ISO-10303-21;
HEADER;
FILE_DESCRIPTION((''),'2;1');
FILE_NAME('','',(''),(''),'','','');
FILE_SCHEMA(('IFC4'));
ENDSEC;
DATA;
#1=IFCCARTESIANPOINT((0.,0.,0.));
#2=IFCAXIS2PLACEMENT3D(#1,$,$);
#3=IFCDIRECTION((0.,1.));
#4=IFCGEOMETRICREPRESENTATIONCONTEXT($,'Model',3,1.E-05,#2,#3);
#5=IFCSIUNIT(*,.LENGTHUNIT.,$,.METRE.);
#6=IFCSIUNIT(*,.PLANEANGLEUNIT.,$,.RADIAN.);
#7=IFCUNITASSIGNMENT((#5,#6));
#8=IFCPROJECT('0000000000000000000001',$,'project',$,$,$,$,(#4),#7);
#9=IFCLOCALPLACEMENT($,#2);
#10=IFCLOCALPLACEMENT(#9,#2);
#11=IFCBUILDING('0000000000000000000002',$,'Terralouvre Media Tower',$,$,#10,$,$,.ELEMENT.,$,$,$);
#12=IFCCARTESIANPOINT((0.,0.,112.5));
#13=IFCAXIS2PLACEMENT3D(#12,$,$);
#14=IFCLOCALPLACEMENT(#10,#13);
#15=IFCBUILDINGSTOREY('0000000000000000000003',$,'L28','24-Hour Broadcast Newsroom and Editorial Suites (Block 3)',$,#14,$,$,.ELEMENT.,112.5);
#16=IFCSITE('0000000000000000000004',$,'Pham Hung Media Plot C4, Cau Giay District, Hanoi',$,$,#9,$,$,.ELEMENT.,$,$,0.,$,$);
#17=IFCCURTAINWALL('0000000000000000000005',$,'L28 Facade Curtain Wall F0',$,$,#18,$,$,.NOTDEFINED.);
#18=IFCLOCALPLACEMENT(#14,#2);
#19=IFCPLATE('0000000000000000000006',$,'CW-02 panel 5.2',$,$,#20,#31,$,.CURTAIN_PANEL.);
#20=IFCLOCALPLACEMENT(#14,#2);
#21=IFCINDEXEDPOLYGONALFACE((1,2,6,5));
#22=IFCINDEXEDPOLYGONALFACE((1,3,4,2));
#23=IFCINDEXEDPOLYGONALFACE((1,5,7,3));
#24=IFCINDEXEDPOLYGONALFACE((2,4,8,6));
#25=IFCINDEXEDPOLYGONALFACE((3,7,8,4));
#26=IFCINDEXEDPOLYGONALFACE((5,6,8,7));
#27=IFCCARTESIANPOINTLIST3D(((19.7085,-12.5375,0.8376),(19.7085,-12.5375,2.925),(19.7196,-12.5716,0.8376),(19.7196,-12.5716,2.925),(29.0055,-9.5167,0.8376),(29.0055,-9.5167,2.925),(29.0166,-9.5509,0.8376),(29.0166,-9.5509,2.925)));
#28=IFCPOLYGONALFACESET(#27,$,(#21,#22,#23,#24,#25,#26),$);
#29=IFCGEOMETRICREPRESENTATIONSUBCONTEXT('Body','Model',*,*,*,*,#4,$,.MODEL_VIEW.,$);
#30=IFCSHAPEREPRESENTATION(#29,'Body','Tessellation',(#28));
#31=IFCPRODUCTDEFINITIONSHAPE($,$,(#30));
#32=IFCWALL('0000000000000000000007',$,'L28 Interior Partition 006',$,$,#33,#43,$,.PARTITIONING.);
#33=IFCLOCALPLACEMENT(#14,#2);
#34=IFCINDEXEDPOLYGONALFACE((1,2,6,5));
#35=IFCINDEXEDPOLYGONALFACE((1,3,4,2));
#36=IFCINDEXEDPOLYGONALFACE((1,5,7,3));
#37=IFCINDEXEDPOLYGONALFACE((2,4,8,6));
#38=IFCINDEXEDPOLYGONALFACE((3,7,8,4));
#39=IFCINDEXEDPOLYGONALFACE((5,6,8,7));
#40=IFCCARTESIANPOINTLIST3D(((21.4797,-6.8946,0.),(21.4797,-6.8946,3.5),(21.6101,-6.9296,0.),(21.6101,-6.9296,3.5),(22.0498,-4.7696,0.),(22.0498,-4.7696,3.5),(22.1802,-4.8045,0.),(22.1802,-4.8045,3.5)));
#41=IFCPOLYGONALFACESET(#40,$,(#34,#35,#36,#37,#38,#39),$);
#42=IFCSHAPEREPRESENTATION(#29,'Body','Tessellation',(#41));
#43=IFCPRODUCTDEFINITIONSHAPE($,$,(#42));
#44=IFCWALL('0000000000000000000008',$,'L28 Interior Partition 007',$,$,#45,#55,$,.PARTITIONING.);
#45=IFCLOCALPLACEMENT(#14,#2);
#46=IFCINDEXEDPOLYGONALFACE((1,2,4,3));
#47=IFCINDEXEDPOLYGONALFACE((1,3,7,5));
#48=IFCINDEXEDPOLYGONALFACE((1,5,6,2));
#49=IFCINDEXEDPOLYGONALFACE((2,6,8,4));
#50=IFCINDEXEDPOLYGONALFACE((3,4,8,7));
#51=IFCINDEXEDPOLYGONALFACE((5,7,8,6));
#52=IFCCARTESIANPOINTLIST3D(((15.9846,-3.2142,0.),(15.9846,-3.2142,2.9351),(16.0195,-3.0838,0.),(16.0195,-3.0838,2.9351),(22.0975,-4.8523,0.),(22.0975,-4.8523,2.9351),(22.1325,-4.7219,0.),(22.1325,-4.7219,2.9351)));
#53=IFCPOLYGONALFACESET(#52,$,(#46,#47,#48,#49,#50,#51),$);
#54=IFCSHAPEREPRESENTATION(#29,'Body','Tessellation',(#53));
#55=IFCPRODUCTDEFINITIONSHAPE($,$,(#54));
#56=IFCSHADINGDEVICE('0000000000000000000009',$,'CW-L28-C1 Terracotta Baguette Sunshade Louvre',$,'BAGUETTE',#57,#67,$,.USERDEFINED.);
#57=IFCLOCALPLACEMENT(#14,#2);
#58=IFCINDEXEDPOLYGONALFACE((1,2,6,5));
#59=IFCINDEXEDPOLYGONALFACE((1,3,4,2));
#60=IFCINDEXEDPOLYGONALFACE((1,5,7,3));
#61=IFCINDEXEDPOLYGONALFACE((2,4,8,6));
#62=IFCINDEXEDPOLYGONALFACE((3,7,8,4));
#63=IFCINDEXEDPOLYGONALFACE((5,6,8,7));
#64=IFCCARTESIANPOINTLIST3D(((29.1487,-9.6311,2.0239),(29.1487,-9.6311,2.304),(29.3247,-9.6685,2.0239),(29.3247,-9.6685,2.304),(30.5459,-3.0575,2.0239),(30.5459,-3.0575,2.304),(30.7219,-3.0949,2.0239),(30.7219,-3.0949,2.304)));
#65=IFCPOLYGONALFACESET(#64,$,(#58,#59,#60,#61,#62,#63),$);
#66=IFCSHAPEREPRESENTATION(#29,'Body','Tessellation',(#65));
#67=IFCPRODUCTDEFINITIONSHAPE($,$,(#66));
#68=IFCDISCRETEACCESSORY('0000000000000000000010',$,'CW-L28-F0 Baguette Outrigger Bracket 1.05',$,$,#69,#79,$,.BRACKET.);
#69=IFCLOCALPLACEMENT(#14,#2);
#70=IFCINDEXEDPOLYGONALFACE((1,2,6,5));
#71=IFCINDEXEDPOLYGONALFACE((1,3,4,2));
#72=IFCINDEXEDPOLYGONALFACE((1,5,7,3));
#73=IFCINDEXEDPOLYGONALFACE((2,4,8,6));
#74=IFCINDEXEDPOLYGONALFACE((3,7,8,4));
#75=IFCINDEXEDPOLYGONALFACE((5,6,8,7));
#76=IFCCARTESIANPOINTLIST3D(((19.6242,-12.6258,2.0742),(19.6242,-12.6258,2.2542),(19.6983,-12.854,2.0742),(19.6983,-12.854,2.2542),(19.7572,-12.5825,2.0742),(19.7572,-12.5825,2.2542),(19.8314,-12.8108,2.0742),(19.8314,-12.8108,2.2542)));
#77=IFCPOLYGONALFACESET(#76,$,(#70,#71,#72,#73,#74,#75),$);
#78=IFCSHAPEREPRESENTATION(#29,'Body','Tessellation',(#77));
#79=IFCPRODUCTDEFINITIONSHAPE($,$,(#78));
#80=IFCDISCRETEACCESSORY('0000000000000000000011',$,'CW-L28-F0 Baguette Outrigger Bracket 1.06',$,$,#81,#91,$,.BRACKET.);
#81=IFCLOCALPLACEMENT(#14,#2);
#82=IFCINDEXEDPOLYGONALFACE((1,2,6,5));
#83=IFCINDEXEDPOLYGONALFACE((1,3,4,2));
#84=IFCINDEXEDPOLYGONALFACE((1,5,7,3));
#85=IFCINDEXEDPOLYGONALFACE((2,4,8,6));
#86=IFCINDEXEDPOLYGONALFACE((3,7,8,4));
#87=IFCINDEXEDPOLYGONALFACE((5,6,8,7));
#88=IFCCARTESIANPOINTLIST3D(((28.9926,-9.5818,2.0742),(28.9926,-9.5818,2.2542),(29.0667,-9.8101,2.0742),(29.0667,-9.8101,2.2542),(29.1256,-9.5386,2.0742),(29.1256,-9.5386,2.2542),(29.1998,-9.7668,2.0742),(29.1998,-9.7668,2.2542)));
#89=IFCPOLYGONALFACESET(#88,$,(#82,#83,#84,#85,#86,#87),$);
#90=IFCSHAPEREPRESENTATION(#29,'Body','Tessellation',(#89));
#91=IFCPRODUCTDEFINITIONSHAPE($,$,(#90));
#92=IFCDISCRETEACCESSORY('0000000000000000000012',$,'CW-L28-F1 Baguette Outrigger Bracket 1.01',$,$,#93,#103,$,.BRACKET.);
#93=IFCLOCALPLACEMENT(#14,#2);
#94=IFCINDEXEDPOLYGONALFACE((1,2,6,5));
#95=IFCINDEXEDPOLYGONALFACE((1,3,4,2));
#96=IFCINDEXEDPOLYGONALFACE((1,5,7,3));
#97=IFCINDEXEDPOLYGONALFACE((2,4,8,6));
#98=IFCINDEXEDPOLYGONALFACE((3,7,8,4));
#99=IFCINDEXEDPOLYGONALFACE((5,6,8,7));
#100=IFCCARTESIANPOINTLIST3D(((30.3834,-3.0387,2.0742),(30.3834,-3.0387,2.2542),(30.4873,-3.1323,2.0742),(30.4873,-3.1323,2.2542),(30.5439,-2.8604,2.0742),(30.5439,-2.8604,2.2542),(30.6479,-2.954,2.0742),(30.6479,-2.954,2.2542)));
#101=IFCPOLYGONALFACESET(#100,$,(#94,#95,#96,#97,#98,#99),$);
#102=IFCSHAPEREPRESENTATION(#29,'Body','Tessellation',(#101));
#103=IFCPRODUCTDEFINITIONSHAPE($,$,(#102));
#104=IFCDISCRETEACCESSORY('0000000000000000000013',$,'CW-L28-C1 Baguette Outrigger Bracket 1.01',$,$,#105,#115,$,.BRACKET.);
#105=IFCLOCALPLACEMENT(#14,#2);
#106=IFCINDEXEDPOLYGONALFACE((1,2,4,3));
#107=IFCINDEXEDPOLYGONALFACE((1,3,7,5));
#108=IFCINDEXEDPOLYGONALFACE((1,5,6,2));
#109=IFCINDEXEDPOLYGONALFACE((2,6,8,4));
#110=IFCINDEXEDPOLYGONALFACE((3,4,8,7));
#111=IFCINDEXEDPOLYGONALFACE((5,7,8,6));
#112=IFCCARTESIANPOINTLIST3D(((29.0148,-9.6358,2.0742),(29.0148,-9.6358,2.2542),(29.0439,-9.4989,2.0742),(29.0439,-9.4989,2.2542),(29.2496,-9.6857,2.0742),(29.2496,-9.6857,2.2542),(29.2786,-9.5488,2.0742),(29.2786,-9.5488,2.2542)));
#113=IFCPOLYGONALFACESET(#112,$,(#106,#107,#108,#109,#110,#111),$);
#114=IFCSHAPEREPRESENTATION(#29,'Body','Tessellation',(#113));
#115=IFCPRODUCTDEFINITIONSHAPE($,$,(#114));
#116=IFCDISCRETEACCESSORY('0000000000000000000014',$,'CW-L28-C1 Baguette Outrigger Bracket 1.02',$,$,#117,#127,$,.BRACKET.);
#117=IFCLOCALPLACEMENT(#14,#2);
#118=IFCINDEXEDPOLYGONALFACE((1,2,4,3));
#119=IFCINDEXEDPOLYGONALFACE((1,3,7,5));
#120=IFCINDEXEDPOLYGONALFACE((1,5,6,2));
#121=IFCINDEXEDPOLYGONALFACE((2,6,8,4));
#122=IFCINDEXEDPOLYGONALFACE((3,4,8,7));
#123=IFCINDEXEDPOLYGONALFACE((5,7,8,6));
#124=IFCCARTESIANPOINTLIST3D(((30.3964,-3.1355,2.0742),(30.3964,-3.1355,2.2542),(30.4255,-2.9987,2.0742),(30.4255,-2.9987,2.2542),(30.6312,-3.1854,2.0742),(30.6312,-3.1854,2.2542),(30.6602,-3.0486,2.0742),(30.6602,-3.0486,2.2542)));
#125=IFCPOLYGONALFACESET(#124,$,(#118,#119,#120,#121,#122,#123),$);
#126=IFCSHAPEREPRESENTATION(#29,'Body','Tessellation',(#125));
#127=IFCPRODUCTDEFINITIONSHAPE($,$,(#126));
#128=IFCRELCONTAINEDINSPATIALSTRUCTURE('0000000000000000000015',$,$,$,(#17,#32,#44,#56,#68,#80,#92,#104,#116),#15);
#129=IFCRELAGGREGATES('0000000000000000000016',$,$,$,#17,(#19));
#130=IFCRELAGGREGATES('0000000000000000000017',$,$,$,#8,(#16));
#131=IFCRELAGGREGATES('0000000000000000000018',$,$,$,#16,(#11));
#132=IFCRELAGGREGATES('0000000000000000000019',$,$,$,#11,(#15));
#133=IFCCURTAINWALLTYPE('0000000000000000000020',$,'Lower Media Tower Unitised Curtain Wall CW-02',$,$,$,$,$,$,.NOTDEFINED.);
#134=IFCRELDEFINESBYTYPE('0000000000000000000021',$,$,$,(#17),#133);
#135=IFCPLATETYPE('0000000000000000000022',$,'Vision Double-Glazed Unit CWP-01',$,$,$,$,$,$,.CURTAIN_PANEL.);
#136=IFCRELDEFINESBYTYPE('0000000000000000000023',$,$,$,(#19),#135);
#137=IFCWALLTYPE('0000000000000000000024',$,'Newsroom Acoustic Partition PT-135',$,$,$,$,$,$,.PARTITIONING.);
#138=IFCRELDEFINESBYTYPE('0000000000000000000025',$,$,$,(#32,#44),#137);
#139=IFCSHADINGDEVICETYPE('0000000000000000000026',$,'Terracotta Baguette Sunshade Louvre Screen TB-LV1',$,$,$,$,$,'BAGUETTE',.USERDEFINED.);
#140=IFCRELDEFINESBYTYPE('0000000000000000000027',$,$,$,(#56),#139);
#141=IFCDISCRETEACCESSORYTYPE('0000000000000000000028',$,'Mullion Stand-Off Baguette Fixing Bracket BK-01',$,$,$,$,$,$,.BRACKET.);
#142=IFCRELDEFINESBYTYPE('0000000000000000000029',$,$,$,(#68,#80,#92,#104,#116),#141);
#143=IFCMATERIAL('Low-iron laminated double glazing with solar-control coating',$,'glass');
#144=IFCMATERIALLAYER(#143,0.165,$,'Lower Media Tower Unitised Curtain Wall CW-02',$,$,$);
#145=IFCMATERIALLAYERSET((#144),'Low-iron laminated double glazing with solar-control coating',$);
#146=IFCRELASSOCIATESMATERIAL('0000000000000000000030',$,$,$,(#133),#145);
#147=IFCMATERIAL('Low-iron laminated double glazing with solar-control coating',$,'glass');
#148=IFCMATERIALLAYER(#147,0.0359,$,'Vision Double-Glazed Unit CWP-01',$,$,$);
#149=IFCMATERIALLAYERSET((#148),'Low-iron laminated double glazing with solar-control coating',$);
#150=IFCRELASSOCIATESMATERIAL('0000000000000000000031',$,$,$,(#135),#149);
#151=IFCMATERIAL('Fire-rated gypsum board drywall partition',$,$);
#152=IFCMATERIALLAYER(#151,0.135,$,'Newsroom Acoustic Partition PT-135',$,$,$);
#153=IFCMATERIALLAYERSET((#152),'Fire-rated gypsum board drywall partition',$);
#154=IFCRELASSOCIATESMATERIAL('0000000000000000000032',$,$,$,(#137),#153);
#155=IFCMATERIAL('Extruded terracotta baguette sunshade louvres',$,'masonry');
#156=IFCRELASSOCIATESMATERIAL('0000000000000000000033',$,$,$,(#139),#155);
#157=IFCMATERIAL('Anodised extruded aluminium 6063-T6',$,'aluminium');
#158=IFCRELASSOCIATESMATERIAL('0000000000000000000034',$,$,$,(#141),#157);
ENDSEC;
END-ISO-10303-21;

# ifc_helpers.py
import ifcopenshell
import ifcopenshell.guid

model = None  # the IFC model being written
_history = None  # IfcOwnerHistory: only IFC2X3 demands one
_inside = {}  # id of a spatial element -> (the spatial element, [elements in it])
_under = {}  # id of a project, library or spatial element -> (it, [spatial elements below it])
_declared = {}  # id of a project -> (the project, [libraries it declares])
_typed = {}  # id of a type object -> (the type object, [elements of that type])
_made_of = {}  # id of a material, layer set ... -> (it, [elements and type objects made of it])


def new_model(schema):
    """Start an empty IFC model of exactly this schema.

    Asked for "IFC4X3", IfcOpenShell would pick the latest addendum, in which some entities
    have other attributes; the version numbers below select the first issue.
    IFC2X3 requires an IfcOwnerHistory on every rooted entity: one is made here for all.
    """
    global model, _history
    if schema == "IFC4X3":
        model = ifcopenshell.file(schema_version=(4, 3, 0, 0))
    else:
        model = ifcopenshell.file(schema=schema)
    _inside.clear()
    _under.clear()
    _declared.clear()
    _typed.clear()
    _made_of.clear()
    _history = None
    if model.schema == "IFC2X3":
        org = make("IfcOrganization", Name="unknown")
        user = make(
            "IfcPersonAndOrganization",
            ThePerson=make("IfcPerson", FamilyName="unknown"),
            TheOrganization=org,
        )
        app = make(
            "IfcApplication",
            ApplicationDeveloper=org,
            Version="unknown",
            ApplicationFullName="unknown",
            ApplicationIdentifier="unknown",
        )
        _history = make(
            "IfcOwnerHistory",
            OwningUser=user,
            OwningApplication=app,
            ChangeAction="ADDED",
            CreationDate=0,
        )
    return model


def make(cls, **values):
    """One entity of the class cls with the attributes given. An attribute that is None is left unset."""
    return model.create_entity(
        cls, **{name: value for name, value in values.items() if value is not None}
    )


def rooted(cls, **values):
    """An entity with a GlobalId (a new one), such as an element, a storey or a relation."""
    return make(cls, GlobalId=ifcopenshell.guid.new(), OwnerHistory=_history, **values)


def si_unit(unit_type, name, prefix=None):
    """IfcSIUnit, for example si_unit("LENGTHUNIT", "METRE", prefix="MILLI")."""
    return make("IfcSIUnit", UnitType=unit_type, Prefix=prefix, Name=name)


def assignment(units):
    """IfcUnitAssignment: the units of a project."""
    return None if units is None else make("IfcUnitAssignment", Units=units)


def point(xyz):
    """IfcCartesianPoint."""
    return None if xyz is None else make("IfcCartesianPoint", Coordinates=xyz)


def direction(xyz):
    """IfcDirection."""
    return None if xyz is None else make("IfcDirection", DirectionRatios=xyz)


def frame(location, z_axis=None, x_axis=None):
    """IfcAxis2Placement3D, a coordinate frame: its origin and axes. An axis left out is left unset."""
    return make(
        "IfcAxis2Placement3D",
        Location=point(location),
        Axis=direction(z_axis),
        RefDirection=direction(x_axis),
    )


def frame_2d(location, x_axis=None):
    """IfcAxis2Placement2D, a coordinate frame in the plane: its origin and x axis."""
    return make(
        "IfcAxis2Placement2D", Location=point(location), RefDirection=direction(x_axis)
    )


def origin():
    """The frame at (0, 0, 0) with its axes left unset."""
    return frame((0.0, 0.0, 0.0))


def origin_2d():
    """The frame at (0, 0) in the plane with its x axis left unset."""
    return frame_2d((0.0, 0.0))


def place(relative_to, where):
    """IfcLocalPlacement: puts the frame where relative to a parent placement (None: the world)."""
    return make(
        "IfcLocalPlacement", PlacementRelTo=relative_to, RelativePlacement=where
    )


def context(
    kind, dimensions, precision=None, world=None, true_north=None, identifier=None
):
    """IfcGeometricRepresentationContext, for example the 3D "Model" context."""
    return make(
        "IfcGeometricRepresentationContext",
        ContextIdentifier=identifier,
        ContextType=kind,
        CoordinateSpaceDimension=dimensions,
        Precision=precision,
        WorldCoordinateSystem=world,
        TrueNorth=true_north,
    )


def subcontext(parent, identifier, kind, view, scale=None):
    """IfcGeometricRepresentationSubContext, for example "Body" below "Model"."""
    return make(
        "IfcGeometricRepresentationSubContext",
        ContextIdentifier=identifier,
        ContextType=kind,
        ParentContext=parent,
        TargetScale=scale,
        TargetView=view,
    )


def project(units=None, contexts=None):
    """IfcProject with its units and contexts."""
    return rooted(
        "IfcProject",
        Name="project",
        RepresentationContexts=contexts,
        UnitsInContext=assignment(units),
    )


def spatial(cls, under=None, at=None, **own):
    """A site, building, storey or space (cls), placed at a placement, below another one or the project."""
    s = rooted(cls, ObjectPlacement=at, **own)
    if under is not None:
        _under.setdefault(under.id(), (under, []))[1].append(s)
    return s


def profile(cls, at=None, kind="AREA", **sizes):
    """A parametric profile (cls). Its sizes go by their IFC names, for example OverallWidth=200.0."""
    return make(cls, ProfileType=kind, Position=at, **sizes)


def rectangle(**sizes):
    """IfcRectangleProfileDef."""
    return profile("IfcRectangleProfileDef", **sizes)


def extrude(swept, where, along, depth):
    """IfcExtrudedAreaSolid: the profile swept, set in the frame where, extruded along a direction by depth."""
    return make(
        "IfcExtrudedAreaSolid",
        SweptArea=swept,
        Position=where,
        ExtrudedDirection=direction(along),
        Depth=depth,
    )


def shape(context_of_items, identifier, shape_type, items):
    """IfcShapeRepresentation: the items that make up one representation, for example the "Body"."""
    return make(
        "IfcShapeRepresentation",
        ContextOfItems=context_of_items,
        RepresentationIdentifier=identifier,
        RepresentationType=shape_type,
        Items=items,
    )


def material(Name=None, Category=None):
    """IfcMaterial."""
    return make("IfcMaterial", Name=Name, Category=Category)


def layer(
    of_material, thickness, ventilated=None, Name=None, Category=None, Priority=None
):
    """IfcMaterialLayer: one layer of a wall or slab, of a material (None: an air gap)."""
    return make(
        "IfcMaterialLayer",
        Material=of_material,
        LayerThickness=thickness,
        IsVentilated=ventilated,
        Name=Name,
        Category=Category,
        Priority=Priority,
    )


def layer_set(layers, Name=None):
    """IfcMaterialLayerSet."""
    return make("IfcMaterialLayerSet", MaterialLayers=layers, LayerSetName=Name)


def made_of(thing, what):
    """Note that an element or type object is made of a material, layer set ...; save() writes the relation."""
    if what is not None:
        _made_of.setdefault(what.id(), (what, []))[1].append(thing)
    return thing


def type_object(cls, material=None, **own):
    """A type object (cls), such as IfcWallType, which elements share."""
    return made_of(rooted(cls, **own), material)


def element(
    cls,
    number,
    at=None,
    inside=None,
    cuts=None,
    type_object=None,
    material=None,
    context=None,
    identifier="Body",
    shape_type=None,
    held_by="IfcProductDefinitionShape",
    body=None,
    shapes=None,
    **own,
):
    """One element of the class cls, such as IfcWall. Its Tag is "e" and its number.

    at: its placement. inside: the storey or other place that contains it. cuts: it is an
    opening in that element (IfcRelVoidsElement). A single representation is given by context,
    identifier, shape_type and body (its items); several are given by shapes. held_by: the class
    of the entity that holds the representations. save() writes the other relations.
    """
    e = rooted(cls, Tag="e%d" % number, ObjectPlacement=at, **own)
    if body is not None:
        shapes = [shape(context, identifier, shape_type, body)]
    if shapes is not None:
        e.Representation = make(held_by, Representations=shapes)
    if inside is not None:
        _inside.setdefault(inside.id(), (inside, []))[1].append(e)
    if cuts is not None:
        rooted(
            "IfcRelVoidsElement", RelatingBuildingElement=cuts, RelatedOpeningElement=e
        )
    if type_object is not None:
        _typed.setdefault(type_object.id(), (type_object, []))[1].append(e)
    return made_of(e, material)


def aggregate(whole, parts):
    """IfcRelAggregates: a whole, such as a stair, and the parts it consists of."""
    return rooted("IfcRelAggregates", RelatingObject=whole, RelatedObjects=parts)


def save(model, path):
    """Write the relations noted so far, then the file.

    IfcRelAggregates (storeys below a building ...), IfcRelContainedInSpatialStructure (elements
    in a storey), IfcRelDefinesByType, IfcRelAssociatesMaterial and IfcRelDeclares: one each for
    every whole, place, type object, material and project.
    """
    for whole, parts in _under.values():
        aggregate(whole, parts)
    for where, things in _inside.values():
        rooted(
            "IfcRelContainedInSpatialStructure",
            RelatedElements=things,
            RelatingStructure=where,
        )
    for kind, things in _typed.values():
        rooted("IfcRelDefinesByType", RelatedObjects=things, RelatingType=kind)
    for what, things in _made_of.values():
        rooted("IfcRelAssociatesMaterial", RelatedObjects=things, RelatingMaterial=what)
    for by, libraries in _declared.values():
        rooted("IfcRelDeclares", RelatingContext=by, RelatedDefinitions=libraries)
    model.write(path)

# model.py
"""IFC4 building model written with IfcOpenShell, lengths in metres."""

from ifc_helpers import new_model, si_unit, direction, frame, frame_2d, origin, origin_2d, place, context, subcontext, project, spatial, rectangle, extrude, material, layer, layer_set, type_object, element, aggregate, save


model = new_model("IFC4")

# Units and contexts
model_context = context("Model", 3, precision=1e-05, world=origin(), true_north=direction((0.0, 1.0)))
body_context = subcontext(model_context, "Body", "Model", "MODEL_VIEW")
ifc_project = project(units=[si_unit("LENGTHUNIT", "METRE"), si_unit("PLANEANGLEUNIT", "RADIAN")], contexts=[model_context])

# Site, building, storey
site_placement = place(None, origin())
site = spatial("IfcSite", under=ifc_project, at=site_placement, Name="Pham Hung Media Plot C4, Cau Giay District, Hanoi", CompositionType="ELEMENT", RefElevation=0.0)
building_placement = place(site_placement, origin())
building = spatial("IfcBuilding", under=site, at=building_placement, Name="Terralouvre Media Tower", CompositionType="ELEMENT")
storey_placement = place(building_placement, frame((0.0, 0.0, 112.5)))
storey = spatial("IfcBuildingStorey", under=building, at=storey_placement, Name="L28", Description="24-Hour Broadcast Newsroom and Editorial Suites (Block 3)", CompositionType="ELEMENT", Elevation=112.5)

# Curtain wall
ifc_material_1 = material(Name="Low-iron laminated double glazing with solar-control coating", Category="glass")
ifc_layer_1 = layer(ifc_material_1, 0.165, Name="Lower Media Tower Unitised Curtain Wall CW-02")
ifc_layer_set_1 = layer_set([ifc_layer_1], Name="Low-iron laminated double glazing with solar-control coating")
curtain_wall_type_1 = type_object("IfcCurtainWallType", Name="Lower Media Tower Unitised Curtain Wall CW-02", PredefinedType="NOTDEFINED", material=ifc_layer_set_1)
curtain_wall_1_placement = place(storey_placement, origin())
curtain_wall_1 = element("IfcCurtainWall", 1, at=curtain_wall_1_placement, inside=storey, type_object=curtain_wall_type_1, Name="L28 Facade Curtain Wall F0", PredefinedType="NOTDEFINED")

# Plate
ifc_material_2 = material(Name="Low-iron laminated double glazing with solar-control coating", Category="glass")
ifc_layer_2 = layer(ifc_material_2, 0.0359, Name="Vision Double-Glazed Unit CWP-01")
ifc_layer_set_2 = layer_set([ifc_layer_2], Name="Low-iron laminated double glazing with solar-control coating")
plate_type_1 = type_object("IfcPlateType", Name="Vision Double-Glazed Unit CWP-01", PredefinedType="CURTAIN_PANEL", material=ifc_layer_set_2)
plate_1_placement = place(storey_placement, frame((24.3625, -11.0442, 0.8376), z_axis=(0.0, 0.0, 1.0), x_axis=(0.951057, 0.309017, 0.0)))
plate_1 = element("IfcPlate", 2, at=plate_1_placement, type_object=plate_type_1, Name="CW-02 panel 5.2", PredefinedType="CURTAIN_PANEL", context=body_context, shape_type="SweptSolid", body=[
    extrude(rectangle(XDim=9.7754, YDim=0.0359, at=origin_2d()), origin(), (0.0, 0.0, 1.0), 2.0874),
])
aggregate(curtain_wall_1, [plate_1])

# Walls
ifc_material_3 = material(Name="Fire-rated gypsum board drywall partition")
ifc_layer_3 = layer(ifc_material_3, 0.135, Name="Newsroom Acoustic Partition PT-135")
ifc_layer_set_3 = layer_set([ifc_layer_3], Name="Fire-rated gypsum board drywall partition")
wall_type = type_object("IfcWallType", Name="Newsroom Acoustic Partition PT-135", PredefinedType="PARTITIONING", material=ifc_layer_set_3)
wall_1_placement = place(storey_placement, frame((21.5449, -6.9121, 0.0), z_axis=(0.0, 0.0, 1.0), x_axis=(0.259106, 0.965849, 0.0)))
element("IfcWall", 3, at=wall_1_placement, inside=storey, type_object=wall_type, Name="L28 Interior Partition 006", PredefinedType="PARTITIONING", context=body_context, shape_type="SweptSolid", body=[
    extrude(rectangle(XDim=2.2002, YDim=0.135, at=frame_2d((1.1001, 0.0))), origin(), (0.0, 0.0, 1.0), 3.5),
])
wall_2_placement = place(storey_placement, frame((22.115, -4.7871, 0.0), z_axis=(0.0, 0.0, 1.0), x_axis=(-0.965918, 0.258849, 0.0)))
element("IfcWall", 4, at=wall_2_placement, inside=storey, type_object=wall_type, Name="L28 Interior Partition 007", PredefinedType="PARTITIONING", context=body_context, shape_type="SweptSolid", body=[
    extrude(rectangle(XDim=6.3286, YDim=0.135, at=frame_2d((3.1643, 0.0))), origin(), (0.0, 0.0, 1.0), 2.9351),
])

# Shading device
ifc_material_4 = material(Name="Extruded terracotta baguette sunshade louvres", Category="masonry")
shading_device_type = type_object("IfcShadingDeviceType", Name="Terracotta Baguette Sunshade Louvre Screen TB-LV1", ElementType="BAGUETTE", PredefinedType="USERDEFINED", material=ifc_material_4)
shading_device_placement = place(storey_placement, frame((29.9353, -6.363, 2.0239), z_axis=(0.0, 0.0, 1.0), x_axis=(0.207912, 0.978148, 0.0)))
element("IfcShadingDevice", 5, at=shading_device_placement, inside=storey, type_object=shading_device_type, Name="CW-L28-C1 Terracotta Baguette Sunshade Louvre", ObjectType="BAGUETTE", PredefinedType="USERDEFINED", context=body_context, shape_type="SweptSolid", body=[
    extrude(rectangle(XDim=6.7205, YDim=0.1799, at=origin_2d()), origin(), (0.0, 0.0, 1.0), 0.28),
])

# Discrete accessories
ifc_material_5 = material(Name="Anodised extruded aluminium 6063-T6", Category="aluminium")
discrete_accessory_type = type_object("IfcDiscreteAccessoryType", Name="Mullion Stand-Off Baguette Fixing Bracket BK-01", PredefinedType="BRACKET", material=ifc_material_5)
for number, where, z_axis, x_axis, name in (
    (6, (19.7278, -12.7183, 2.0742), (0.0, 0.0, 1.0), (0.951057, 0.309017, 0.0), "CW-L28-F0 Baguette Outrigger Bracket 1.05"),
    (7, (29.0962, -9.6743, 2.0742), (0.0, 0.0, 1.0), (0.951057, 0.309017, 0.0), "CW-L28-F0 Baguette Outrigger Bracket 1.06"),
    (8, (30.5156, -2.9963, 2.0742), (0.0, 0.0, 1.0), (-0.743145, 0.669131, 0.0), "CW-L28-F1 Baguette Outrigger Bracket 1.01"),
    (9, (29.1467, -9.5923, 2.0742), (0.0, 0.0, 1.0), (0.207912, 0.978148, 0.0), "CW-L28-C1 Baguette Outrigger Bracket 1.01"),
    (10, (30.5283, -3.092, 2.0742), (0.0, 0.0, 1.0), (0.207912, 0.978148, 0.0), "CW-L28-C1 Baguette Outrigger Bracket 1.02"),
):
    element("IfcDiscreteAccessory", number, at=place(storey_placement, frame(where, z_axis=z_axis, x_axis=x_axis)), inside=storey, type_object=discrete_accessory_type, Name=name, PredefinedType="BRACKET", context=body_context, shape_type="SweptSolid", body=[
        extrude(rectangle(XDim=0.1399, YDim=0.24, at=origin_2d()), origin(), (0.0, 0.0, 1.0), 0.1799),
    ])

save(model, "model.ifc")
